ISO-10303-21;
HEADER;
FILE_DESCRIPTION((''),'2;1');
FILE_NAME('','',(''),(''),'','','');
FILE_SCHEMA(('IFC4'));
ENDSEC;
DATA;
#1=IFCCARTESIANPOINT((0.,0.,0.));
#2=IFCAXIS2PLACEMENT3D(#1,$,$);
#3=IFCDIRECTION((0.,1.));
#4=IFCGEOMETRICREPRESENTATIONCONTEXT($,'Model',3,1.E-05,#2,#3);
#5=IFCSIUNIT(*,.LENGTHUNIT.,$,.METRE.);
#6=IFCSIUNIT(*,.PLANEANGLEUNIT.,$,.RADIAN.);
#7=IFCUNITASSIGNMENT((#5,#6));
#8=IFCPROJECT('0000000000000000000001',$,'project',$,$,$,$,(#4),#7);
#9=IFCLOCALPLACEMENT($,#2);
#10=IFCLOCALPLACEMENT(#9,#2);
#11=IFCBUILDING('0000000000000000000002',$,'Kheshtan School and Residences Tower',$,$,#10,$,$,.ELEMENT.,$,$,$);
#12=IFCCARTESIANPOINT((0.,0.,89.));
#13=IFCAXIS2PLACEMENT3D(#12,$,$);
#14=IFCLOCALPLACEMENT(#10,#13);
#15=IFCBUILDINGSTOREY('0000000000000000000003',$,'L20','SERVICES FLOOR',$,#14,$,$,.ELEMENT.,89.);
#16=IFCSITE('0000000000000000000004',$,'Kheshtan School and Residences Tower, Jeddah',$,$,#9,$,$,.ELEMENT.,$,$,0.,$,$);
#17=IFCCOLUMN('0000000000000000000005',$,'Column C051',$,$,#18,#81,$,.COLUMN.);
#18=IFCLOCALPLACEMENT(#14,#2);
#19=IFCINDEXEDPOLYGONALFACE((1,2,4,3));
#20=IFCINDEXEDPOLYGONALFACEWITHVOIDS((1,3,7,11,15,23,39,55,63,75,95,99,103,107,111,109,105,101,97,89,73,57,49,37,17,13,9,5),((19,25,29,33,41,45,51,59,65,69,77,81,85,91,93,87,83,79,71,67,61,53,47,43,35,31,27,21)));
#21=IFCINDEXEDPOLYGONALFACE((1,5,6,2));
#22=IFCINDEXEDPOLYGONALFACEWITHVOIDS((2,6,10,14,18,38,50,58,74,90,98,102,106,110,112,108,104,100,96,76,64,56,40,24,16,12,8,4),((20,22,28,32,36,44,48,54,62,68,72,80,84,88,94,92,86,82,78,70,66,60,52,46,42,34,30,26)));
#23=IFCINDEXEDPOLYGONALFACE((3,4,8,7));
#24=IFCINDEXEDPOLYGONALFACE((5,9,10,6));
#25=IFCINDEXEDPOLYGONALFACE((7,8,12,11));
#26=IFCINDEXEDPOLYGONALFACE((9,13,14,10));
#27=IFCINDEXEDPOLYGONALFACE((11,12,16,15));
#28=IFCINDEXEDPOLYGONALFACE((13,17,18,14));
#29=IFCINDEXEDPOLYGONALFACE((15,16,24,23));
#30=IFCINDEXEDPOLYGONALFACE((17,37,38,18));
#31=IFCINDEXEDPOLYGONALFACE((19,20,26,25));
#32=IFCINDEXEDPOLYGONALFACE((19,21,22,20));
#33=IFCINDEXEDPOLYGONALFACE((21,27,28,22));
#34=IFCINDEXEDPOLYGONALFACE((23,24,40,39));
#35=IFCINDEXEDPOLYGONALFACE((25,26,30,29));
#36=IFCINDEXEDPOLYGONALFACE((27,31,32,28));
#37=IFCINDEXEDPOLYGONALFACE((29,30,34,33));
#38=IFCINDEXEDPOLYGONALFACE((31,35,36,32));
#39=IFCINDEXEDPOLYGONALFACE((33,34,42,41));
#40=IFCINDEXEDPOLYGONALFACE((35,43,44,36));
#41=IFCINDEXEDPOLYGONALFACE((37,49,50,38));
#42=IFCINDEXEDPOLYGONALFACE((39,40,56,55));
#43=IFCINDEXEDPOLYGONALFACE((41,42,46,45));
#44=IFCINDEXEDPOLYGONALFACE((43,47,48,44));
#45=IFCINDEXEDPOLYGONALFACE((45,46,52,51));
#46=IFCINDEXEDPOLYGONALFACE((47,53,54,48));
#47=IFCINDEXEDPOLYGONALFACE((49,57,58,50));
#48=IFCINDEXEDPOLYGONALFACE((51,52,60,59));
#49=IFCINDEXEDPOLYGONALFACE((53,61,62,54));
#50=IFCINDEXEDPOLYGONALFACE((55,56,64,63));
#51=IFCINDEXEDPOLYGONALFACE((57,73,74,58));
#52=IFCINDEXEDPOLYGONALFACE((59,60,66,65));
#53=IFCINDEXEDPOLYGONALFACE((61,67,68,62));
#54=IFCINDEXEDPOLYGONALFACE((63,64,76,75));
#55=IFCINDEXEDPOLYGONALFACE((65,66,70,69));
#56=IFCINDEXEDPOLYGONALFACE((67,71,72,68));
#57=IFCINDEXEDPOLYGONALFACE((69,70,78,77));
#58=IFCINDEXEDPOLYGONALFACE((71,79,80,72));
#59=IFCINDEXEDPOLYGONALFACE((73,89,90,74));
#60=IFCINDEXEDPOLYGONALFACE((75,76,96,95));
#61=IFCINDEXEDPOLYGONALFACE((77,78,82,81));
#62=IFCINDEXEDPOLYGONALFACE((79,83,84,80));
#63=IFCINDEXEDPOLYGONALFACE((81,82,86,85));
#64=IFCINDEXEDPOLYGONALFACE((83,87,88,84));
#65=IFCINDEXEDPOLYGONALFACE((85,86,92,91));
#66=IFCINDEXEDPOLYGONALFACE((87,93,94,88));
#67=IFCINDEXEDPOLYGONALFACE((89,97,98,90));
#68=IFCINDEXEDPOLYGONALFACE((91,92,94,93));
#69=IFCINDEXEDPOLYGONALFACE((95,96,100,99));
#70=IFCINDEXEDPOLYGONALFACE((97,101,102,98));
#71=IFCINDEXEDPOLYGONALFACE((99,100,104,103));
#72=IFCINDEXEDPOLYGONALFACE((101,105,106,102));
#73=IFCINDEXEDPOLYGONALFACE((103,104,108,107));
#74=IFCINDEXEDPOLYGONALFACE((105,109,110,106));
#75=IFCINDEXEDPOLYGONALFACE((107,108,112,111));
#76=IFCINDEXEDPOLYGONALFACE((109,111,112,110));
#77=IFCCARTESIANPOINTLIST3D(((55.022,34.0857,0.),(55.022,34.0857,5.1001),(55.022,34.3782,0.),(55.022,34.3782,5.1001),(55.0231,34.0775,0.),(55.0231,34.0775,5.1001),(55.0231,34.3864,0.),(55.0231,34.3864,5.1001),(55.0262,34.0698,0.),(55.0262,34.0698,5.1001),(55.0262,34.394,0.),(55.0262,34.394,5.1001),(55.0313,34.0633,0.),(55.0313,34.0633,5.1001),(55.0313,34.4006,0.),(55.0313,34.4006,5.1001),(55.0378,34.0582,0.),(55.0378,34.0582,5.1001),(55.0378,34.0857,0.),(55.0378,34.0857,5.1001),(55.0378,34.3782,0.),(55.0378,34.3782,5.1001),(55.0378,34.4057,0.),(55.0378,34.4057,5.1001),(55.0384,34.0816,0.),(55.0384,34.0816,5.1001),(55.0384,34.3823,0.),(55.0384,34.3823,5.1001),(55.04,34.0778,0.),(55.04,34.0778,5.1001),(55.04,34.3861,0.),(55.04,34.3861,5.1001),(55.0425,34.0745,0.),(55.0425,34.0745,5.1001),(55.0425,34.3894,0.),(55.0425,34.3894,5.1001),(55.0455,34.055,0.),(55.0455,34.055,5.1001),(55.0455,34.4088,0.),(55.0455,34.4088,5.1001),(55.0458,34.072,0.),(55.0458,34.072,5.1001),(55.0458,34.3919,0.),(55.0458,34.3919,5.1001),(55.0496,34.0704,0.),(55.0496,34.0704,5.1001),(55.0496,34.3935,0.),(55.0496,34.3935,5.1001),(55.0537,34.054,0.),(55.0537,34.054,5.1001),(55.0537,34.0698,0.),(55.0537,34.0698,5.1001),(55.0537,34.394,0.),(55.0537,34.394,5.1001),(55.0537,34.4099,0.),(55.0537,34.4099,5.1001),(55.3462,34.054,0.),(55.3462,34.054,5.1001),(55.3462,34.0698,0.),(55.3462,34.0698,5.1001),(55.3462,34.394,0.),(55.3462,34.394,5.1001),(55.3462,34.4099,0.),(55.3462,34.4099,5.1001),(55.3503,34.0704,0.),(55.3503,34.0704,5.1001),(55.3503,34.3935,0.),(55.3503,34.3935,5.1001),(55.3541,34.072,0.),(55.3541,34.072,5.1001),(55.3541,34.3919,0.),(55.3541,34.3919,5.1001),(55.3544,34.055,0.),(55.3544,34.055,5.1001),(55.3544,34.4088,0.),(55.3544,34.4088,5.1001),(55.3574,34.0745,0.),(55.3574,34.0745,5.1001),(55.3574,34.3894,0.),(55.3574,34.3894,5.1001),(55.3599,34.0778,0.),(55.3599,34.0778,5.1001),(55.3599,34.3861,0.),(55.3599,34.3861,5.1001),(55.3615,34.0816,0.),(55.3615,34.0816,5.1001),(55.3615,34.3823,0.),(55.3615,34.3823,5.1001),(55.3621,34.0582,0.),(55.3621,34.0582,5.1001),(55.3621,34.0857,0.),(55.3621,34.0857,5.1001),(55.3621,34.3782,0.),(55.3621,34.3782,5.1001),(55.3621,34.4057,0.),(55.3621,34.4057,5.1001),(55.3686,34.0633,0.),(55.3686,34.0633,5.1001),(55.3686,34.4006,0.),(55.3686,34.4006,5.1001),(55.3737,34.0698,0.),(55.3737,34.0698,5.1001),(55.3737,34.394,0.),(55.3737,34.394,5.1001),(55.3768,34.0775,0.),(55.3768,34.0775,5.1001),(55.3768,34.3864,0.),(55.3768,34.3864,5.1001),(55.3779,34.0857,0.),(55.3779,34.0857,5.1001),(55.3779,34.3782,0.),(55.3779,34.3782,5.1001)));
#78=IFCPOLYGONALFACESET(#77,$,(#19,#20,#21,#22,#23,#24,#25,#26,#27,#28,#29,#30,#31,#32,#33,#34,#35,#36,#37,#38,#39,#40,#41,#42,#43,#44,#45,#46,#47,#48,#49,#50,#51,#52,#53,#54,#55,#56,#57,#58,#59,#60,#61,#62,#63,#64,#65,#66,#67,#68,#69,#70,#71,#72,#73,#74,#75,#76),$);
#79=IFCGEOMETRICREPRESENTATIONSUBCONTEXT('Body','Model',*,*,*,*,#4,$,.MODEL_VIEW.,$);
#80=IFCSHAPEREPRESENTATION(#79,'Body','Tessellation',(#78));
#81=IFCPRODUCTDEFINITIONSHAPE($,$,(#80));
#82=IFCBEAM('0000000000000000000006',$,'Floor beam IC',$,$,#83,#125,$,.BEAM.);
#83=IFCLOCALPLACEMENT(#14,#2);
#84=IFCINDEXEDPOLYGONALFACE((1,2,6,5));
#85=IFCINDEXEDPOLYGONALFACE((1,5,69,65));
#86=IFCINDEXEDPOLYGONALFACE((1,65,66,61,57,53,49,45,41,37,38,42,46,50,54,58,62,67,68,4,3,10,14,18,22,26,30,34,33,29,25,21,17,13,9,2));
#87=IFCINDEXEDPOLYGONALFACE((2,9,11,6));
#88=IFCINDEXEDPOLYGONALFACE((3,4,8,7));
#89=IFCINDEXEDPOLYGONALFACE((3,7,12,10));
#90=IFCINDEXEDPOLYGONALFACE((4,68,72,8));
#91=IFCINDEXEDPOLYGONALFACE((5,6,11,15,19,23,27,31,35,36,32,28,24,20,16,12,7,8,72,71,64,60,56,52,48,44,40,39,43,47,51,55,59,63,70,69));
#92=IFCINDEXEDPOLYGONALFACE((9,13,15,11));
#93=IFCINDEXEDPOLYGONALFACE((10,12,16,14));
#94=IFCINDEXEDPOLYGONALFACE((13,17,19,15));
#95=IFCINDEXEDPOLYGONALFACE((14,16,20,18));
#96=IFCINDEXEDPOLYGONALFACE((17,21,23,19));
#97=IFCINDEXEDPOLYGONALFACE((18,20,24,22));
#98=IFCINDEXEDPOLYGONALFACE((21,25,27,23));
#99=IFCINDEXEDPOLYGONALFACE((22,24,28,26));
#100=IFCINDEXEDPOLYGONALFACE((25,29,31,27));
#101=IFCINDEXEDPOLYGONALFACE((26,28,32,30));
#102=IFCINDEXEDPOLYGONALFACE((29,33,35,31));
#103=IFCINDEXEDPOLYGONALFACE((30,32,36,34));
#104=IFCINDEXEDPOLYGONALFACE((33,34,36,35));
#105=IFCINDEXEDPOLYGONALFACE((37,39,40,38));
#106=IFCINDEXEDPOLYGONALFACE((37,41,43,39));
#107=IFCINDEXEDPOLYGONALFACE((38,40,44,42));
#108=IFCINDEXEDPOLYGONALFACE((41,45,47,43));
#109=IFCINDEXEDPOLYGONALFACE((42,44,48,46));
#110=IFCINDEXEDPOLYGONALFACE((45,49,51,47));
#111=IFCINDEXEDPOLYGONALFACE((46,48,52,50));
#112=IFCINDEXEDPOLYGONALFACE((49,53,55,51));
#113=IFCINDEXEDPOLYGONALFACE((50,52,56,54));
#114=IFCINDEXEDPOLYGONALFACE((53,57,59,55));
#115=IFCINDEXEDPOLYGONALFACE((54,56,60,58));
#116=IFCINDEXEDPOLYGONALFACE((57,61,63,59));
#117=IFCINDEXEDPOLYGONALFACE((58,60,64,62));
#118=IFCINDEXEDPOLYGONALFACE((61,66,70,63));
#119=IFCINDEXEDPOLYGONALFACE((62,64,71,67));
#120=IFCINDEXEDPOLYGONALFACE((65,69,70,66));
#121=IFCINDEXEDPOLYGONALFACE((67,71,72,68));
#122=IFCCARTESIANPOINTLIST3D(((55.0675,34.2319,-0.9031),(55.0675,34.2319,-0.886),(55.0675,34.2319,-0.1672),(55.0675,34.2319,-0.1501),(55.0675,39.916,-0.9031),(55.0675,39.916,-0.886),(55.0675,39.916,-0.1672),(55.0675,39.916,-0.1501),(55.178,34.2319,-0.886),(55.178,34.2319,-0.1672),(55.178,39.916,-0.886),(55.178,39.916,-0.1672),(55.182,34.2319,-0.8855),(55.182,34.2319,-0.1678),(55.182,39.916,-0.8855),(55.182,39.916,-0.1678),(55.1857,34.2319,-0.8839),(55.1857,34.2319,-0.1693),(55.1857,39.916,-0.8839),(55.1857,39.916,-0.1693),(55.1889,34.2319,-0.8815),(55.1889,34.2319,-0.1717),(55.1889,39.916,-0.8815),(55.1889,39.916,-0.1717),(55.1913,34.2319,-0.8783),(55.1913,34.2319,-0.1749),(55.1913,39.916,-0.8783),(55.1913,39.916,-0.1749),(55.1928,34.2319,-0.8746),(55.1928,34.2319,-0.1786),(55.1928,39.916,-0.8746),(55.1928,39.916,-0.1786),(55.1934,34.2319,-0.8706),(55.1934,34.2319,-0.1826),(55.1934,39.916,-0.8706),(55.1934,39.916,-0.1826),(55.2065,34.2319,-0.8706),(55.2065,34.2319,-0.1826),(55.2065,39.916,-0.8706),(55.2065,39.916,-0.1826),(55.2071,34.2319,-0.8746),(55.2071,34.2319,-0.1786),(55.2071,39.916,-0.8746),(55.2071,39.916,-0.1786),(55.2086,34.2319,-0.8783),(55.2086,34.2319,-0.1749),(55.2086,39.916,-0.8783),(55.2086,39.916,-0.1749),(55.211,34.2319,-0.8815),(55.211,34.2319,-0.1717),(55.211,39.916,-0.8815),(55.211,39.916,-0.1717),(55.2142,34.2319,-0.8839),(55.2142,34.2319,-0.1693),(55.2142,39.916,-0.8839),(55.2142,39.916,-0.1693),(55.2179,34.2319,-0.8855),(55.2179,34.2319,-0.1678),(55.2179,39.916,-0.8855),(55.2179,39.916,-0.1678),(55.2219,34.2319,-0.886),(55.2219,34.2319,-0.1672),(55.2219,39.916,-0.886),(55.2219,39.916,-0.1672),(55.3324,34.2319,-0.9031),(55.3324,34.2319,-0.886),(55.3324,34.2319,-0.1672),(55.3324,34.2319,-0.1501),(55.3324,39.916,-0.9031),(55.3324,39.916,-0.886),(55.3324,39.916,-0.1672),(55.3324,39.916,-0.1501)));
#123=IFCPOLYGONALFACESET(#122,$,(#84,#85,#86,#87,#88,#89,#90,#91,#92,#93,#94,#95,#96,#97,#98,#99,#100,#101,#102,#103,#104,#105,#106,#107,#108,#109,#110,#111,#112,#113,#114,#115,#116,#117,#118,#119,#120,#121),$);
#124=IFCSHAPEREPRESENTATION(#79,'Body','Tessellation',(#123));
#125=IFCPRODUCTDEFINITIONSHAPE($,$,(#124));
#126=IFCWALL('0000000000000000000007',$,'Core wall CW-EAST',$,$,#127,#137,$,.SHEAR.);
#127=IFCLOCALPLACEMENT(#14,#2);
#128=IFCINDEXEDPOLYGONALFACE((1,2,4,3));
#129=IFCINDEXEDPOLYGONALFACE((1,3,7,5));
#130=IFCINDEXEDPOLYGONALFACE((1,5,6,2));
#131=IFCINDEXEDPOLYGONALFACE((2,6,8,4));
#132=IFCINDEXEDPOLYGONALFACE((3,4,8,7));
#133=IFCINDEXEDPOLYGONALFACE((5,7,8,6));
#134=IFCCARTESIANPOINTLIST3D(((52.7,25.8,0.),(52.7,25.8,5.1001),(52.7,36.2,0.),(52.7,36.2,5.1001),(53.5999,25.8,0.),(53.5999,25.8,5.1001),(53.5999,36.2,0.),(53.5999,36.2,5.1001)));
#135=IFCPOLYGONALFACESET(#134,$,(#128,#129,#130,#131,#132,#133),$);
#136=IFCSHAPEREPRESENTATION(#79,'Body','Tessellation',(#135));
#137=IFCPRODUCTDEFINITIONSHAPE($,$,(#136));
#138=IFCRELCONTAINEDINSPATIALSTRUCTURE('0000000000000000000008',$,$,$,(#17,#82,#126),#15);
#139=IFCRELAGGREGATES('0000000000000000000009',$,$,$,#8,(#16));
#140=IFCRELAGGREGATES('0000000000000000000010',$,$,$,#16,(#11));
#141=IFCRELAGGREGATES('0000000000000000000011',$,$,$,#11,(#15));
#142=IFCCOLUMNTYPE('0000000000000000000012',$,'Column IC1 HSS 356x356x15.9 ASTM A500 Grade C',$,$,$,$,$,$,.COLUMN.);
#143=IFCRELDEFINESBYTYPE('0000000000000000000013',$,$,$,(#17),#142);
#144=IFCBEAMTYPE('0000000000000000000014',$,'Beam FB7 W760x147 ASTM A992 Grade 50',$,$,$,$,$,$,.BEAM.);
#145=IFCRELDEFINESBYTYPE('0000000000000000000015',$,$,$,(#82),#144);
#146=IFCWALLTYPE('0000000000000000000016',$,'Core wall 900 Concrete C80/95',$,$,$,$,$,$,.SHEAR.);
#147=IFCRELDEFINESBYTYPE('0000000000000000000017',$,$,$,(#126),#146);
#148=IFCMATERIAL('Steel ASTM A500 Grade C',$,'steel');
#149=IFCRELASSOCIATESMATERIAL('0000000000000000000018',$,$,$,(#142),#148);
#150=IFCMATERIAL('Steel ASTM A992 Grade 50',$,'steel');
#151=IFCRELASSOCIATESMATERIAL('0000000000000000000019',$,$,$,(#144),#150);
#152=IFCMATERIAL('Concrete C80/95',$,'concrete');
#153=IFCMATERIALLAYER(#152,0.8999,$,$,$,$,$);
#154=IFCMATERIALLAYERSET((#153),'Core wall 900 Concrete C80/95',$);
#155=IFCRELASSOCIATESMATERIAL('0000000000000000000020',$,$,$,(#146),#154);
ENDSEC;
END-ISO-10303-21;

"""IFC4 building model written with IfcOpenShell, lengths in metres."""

from ifc_helpers import new_model, si_unit, direction, frame, frame_2d, origin, origin_2d, place, context, subcontext, project, spatial, rectangle, hollow_rectangle, i_section, extrude, material, layer, layer_set, material_profile, profile_set, type_object, element, save


model = new_model("IFC4")

# Units and contexts
model_context = context("Model", 3, precision=1e-05, world=origin(), true_north=direction((0.0, 1.0)))
body_context = subcontext(model_context, "Body", "Model", "MODEL_VIEW")
ifc_project = project(units=[si_unit("LENGTHUNIT", "METRE"), si_unit("PLANEANGLEUNIT", "RADIAN")], contexts=[model_context])

# Site, building, storey
site_placement = place(None, origin())
site = spatial("IfcSite", under=ifc_project, at=site_placement, Name="Kheshtan School and Residences Tower, Jeddah", CompositionType="ELEMENT", RefElevation=0.0)
building_placement = place(site_placement, origin())
building = spatial("IfcBuilding", under=site, at=building_placement, Name="Kheshtan School and Residences Tower", CompositionType="ELEMENT")
storey_placement = place(building_placement, frame((0.0, 0.0, 89.0)))
storey = spatial("IfcBuildingStorey", under=building, at=storey_placement, Name="L20", Description="SERVICES FLOOR", CompositionType="ELEMENT", Elevation=89.0)

# Column
ifc_material_1 = material(Name="Steel ASTM A500 Grade C", Category="steel")
ifc_material_profile_1 = material_profile(ifc_material_1, hollow_rectangle(XDim=0.356, YDim=0.356, WallThickness=0.0159, InnerFilletRadius=0.0159, OuterFilletRadius=0.0317, at=origin_2d()), Name="HSS 356x356x15.9")
ifc_profile_set_1 = profile_set([ifc_material_profile_1], Name="Steel ASTM A500 Grade C")
column_type = type_object("IfcColumnType", Name="Column IC1 HSS 356x356x15.9 ASTM A500 Grade C", PredefinedType="COLUMN", material=ifc_profile_set_1)
column_placement = place(storey_placement, frame((55.2, 34.2319, 0.0), z_axis=(0.0, 0.0, 1.0), x_axis=(1.0, 0.0, 0.0)))
element("IfcColumn", 1, at=column_placement, inside=storey, type_object=column_type, Name="Column C051", PredefinedType="COLUMN", context=body_context, shape_type="SweptSolid", body=[
    extrude(hollow_rectangle(XDim=0.356, YDim=0.356, WallThickness=0.0159, InnerFilletRadius=0.0159, OuterFilletRadius=0.0317, at=origin_2d()), origin(), (0.0, 0.0, 1.0), 5.1001),
])

# Beam
ifc_material_2 = material(Name="Steel ASTM A992 Grade 50", Category="steel")
ifc_material_profile_2 = material_profile(ifc_material_2, i_section(OverallWidth=0.2649, OverallDepth=0.7529, WebThickness=0.0132, FlangeThickness=0.0171, FilletRadius=0.0154, at=origin_2d()), Name="W760x147")
ifc_profile_set_2 = profile_set([ifc_material_profile_2], Name="Steel ASTM A992 Grade 50")
beam_type = type_object("IfcBeamType", Name="Beam FB7 W760x147 ASTM A992 Grade 50", PredefinedType="BEAM", material=ifc_profile_set_2)
beam_placement = place(storey_placement, frame((55.2, 34.2319, -0.5266), z_axis=(0.0, 1.0, 0.0), x_axis=(-1.0, 0.0, 0.0)))
element("IfcBeam", 2, at=beam_placement, inside=storey, type_object=beam_type, Name="Floor beam IC", PredefinedType="BEAM", context=body_context, shape_type="SweptSolid", body=[
    extrude(i_section(OverallWidth=0.2649, OverallDepth=0.7529, WebThickness=0.0132, FlangeThickness=0.0171, FilletRadius=0.0154, at=origin_2d()), origin(), (0.0, 0.0, 1.0), 5.6841),
])

# Wall
ifc_material_3 = material(Name="Concrete C80/95", Category="concrete")
ifc_layer_1 = layer(ifc_material_3, 0.8999)
ifc_layer_set_1 = layer_set([ifc_layer_1], Name="Core wall 900 Concrete C80/95")
wall_type_1 = type_object("IfcWallType", Name="Core wall 900 Concrete C80/95", PredefinedType="SHEAR", material=ifc_layer_set_1)
wall_1_placement = place(storey_placement, frame((53.1499, 25.8, 0.0), z_axis=(0.0, 0.0, 1.0), x_axis=(0.0, 1.0, 0.0)))
element("IfcWall", 3, at=wall_1_placement, inside=storey, type_object=wall_type_1, Name="Core wall CW-EAST", PredefinedType="SHEAR", context=body_context, shape_type="SweptSolid", body=[
    extrude(rectangle(XDim=10.3999, YDim=0.8999, at=frame_2d((5.2, 0.0))), origin(), (0.0, 0.0, 1.0), 5.1001),
])

save(model, "model.ifc")
